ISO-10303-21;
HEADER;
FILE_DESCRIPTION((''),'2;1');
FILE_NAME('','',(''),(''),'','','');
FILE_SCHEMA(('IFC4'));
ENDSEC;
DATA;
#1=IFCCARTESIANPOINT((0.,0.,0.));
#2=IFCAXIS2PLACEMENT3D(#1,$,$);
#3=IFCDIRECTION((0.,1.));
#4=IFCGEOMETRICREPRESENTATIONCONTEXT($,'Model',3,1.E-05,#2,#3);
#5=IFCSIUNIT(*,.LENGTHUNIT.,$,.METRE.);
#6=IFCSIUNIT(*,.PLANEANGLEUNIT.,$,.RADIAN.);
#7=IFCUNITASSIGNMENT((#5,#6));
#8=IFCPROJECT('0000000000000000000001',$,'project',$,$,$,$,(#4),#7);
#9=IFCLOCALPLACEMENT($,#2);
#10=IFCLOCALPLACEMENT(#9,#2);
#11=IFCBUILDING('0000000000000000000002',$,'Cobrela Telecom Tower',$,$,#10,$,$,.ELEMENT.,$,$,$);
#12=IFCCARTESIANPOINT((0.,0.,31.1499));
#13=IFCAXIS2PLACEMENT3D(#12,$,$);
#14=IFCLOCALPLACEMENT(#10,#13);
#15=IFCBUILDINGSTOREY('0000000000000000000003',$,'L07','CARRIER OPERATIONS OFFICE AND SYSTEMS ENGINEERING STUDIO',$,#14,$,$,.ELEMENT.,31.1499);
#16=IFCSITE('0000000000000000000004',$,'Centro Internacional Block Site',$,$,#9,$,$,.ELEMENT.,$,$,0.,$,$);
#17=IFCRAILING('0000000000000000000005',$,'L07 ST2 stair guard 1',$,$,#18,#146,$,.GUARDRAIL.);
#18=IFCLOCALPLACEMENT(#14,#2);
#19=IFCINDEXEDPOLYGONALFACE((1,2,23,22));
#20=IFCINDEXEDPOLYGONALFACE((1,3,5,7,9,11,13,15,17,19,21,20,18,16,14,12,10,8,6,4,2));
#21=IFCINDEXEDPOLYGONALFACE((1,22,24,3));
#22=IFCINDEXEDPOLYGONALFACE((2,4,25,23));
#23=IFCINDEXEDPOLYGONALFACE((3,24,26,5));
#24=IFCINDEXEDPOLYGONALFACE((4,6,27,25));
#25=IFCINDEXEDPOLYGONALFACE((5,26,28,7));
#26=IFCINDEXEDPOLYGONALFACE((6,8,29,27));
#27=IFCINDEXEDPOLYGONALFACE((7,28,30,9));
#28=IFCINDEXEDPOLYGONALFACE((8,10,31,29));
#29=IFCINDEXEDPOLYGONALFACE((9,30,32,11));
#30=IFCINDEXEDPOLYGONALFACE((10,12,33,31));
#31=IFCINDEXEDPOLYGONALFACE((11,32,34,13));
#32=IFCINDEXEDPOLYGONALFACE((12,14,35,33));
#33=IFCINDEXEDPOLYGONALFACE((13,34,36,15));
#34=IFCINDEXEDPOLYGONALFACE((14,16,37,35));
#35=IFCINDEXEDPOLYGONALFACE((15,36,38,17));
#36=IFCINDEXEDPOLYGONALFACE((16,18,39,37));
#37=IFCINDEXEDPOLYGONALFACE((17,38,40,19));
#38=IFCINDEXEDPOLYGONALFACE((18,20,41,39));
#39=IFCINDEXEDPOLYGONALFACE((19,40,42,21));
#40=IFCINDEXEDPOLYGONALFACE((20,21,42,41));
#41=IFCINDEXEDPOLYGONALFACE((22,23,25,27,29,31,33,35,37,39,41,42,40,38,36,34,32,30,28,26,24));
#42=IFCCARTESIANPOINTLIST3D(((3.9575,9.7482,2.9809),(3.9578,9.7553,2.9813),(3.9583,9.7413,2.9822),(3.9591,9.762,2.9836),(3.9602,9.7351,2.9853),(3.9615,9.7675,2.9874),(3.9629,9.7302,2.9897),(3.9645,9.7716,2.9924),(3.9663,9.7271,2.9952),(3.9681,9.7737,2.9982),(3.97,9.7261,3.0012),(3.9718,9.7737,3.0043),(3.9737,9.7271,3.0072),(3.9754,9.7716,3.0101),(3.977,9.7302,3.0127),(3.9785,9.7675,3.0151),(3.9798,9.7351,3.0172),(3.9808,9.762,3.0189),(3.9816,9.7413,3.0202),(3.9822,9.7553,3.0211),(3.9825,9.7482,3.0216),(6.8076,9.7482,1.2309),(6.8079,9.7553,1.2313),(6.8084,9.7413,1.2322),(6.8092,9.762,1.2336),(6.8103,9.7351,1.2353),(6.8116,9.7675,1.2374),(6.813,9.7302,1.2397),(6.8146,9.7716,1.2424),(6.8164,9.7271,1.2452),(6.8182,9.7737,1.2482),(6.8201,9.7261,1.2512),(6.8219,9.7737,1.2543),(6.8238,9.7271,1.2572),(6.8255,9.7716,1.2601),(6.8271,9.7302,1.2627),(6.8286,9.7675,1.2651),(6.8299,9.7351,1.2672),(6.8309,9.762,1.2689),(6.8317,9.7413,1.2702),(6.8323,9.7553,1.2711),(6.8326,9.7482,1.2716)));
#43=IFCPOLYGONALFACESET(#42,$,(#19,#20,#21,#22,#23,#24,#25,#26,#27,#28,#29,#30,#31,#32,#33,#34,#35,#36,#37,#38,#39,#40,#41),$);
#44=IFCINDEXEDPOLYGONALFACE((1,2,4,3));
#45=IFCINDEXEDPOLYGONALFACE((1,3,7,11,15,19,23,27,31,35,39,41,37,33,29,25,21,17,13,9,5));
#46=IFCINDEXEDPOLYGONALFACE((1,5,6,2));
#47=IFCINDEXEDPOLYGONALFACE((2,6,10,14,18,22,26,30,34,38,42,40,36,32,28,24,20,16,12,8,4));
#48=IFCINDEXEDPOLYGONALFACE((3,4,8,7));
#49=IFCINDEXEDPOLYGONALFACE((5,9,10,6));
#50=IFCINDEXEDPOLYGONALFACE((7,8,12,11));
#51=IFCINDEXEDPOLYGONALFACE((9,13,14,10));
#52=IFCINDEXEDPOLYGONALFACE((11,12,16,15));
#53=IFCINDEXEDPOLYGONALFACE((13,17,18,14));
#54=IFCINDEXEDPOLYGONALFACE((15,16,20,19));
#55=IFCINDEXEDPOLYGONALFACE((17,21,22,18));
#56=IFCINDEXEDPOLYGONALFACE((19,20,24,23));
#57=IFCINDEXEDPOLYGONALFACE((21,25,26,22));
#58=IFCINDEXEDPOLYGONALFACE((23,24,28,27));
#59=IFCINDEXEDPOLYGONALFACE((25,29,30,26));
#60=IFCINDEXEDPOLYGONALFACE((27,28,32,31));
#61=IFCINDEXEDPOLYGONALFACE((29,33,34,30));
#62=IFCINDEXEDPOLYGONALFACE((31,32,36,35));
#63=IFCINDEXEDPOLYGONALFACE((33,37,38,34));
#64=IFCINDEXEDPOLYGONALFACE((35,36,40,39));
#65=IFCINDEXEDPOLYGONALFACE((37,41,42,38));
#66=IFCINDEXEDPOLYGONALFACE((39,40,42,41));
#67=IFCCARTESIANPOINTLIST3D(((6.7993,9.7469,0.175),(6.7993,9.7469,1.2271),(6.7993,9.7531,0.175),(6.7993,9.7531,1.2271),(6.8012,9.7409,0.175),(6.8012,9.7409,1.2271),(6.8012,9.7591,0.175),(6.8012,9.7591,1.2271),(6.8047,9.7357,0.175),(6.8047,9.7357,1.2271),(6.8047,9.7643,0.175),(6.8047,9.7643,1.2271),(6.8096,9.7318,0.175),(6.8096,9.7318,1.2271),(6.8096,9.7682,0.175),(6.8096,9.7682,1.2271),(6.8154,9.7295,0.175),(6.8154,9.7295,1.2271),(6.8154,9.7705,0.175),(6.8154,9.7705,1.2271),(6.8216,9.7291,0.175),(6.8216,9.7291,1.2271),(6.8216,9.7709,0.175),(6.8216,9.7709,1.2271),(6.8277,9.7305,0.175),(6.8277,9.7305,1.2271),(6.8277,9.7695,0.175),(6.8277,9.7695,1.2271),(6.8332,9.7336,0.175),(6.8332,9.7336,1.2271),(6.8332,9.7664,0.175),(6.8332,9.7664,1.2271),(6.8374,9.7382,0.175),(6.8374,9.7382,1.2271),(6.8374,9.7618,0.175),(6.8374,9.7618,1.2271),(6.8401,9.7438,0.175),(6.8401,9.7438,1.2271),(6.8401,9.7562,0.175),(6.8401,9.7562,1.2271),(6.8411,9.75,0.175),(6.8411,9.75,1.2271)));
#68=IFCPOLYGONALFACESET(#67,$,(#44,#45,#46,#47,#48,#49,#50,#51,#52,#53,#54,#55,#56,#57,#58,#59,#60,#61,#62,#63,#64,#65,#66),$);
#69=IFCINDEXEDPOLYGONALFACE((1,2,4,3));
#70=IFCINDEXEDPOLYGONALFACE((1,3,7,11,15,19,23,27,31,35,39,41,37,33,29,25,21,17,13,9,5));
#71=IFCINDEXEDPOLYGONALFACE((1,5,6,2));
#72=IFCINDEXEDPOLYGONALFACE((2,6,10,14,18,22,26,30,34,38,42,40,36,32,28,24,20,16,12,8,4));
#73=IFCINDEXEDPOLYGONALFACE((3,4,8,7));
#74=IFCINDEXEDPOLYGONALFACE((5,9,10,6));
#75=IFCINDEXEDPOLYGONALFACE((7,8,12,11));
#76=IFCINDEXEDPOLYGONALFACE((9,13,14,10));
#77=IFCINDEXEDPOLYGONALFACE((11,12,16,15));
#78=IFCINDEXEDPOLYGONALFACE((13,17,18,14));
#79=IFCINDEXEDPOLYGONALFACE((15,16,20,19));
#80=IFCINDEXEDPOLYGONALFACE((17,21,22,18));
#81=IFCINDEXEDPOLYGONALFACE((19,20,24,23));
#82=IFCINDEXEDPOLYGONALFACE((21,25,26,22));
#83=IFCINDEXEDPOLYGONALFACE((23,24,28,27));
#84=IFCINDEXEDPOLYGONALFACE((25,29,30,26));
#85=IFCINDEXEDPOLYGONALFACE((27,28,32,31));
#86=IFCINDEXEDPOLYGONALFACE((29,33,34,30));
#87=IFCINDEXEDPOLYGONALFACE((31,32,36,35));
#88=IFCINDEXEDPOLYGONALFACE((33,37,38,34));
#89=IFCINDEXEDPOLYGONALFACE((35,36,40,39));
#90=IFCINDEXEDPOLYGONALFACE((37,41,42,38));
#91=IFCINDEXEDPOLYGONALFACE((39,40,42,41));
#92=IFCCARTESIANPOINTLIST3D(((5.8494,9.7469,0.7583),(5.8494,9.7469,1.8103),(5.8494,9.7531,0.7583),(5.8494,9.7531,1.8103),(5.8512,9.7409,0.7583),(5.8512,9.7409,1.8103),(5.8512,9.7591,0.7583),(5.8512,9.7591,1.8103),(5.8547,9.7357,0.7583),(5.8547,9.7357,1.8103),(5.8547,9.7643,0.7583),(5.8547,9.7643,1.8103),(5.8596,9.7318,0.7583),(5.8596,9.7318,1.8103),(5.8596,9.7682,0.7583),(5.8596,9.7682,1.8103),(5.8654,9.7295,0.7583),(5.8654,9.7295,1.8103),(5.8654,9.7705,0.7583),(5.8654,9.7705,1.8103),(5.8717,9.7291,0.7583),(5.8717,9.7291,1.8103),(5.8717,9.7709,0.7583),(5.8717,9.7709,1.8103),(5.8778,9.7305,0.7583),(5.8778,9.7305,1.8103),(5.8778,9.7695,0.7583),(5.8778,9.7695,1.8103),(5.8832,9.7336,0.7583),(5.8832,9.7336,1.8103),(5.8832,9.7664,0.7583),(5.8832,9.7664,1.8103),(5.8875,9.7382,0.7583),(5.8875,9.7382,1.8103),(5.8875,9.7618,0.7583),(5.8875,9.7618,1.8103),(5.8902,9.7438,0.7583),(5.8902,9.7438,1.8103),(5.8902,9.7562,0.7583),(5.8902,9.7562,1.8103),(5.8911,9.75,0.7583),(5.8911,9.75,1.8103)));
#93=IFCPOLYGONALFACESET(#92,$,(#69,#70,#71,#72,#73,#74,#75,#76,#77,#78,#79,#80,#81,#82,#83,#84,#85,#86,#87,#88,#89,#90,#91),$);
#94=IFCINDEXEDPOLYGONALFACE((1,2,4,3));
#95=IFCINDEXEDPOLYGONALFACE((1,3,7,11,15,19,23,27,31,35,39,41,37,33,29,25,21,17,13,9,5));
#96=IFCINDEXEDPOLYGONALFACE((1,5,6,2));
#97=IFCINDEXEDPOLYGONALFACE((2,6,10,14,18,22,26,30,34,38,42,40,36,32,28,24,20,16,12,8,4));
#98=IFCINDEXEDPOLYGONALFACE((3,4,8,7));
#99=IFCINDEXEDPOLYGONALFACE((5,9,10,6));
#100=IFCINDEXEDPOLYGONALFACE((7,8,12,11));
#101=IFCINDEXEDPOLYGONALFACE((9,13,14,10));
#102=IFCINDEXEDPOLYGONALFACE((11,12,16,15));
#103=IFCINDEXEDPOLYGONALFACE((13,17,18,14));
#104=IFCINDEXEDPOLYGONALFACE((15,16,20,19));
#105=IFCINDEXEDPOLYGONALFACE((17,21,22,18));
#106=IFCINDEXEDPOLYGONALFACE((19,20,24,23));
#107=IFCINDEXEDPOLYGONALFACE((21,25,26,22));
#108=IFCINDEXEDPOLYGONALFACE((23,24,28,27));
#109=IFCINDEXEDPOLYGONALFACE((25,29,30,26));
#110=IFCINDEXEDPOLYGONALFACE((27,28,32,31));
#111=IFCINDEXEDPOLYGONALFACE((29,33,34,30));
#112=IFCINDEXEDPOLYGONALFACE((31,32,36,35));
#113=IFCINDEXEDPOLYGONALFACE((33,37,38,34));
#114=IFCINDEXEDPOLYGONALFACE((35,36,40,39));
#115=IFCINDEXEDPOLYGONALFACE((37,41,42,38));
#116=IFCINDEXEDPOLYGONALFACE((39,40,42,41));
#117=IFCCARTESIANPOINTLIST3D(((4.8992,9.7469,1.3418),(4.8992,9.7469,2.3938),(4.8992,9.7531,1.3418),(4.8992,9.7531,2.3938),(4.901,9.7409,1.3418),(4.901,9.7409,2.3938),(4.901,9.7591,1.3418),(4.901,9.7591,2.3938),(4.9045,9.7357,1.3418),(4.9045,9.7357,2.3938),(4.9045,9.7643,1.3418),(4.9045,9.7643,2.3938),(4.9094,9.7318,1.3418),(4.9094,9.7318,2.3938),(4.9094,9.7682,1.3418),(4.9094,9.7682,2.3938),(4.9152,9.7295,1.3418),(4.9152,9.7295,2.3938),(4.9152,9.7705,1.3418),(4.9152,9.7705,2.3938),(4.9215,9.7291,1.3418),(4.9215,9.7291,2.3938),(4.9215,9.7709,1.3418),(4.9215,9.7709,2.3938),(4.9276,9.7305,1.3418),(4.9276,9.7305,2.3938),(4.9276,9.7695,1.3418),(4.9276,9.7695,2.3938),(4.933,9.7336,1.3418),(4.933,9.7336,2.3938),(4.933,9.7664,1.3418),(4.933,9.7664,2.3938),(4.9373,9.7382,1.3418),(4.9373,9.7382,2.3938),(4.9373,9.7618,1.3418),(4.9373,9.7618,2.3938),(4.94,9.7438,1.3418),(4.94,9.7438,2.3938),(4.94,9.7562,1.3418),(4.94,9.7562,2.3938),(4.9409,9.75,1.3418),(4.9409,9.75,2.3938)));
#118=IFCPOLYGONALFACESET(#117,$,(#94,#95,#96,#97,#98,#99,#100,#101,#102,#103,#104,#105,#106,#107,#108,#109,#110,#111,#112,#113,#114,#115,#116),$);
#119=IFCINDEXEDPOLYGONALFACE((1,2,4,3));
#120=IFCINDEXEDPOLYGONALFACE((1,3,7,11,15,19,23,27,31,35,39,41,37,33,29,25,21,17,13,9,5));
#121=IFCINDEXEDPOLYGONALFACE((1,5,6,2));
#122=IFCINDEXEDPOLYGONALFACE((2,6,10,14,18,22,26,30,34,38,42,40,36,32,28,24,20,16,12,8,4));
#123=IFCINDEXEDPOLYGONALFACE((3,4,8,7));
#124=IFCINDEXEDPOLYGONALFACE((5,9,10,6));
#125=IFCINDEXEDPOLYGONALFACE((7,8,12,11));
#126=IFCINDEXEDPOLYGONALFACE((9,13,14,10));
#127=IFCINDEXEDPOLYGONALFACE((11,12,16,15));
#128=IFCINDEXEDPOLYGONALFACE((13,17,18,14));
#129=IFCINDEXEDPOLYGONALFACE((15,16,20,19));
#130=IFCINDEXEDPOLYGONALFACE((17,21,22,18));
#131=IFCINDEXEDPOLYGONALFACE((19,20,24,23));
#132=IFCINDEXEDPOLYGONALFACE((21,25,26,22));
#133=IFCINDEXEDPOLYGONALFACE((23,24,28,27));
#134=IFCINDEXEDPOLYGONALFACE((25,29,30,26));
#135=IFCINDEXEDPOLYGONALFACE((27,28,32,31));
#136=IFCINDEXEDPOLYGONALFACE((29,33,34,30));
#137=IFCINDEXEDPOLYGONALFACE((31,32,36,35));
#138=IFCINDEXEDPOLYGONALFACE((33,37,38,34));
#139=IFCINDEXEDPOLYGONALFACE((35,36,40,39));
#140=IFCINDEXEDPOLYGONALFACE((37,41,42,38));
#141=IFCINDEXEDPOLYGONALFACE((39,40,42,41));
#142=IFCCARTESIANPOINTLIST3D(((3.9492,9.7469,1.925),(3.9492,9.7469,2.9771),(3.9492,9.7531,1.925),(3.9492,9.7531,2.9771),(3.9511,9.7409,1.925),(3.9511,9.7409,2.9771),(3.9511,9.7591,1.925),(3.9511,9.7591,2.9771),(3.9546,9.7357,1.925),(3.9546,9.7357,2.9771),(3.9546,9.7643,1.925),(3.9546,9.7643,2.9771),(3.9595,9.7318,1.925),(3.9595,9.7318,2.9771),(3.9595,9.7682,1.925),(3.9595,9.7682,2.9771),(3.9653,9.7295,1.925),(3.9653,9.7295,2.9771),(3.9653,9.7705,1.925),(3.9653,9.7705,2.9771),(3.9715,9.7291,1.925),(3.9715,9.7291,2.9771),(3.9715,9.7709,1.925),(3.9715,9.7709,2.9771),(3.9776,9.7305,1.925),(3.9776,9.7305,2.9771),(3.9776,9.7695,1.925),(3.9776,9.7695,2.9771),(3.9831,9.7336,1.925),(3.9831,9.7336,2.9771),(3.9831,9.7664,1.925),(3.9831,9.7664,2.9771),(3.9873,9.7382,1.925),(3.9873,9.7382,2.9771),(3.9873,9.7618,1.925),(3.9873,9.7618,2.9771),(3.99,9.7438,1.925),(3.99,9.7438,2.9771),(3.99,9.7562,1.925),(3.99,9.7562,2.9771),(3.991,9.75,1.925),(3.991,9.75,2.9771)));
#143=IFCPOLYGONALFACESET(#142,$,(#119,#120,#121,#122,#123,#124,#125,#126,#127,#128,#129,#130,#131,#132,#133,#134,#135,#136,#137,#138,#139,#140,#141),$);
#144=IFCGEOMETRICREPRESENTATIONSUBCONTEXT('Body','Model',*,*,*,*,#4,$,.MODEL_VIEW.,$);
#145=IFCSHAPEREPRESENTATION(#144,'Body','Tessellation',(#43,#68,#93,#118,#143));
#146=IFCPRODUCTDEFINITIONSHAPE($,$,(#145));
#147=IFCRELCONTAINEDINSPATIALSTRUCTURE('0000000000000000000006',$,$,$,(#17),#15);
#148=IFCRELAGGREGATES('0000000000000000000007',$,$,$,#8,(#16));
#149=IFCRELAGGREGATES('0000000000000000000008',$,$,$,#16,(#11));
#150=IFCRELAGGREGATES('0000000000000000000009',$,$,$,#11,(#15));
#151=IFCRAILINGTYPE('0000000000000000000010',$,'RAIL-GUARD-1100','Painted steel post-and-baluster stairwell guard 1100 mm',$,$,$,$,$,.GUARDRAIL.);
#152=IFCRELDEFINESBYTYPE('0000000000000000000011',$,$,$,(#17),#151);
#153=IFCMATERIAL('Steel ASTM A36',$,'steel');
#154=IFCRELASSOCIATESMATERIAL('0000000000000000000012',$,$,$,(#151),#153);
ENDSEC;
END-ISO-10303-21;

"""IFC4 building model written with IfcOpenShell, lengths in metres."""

from ifc_helpers import new_model, si_unit, direction, frame, origin, origin_2d, place, context, subcontext, project, spatial, circle, extrude, material, type_object, element, save


model = new_model("IFC4")

# Units and contexts
model_context = context("Model", 3, precision=1e-05, world=origin(), true_north=direction((0.0, 1.0)))
body_context = subcontext(model_context, "Body", "Model", "MODEL_VIEW")
ifc_project = project(units=[si_unit("LENGTHUNIT", "METRE"), si_unit("PLANEANGLEUNIT", "RADIAN")], contexts=[model_context])

# Site, building, storey
site_placement = place(None, origin())
site = spatial("IfcSite", under=ifc_project, at=site_placement, Name="Centro Internacional Block Site", CompositionType="ELEMENT", RefElevation=0.0)
building_placement = place(site_placement, origin())
building = spatial("IfcBuilding", under=site, at=building_placement, Name="Cobrela Telecom Tower", CompositionType="ELEMENT")
storey_placement = place(building_placement, frame((0.0, 0.0, 31.1499)))
storey = spatial("IfcBuildingStorey", under=building, at=storey_placement, Name="L07", Description="CARRIER OPERATIONS OFFICE AND SYSTEMS ENGINEERING STUDIO", CompositionType="ELEMENT", Elevation=31.1499)

# Railing
ifc_material_1 = material(Name="Steel ASTM A36", Category="steel")
railing_type_1 = type_object("IfcRailingType", Name="RAIL-GUARD-1100", Description="Painted steel post-and-baluster stairwell guard 1100 mm", PredefinedType="GUARDRAIL", material=ifc_material_1)
railing_1_placement = place(storey_placement, frame((6.8201, 9.75, 0.175)))
element("IfcRailing", 1, at=railing_1_placement, inside=storey, type_object=railing_type_1, Name="L07 ST2 stair guard 1", PredefinedType="GUARDRAIL", context=body_context, shape_type="SweptSolid", body=[
    extrude(circle(Radius=0.0239, at=origin_2d()), frame((0.0, 0.0, 1.0762), z_axis=(-0.852179, 0.0, 0.52325), x_axis=(0.0, -1.0, 0.0)), (0.0, 0.0, 1.0), 3.3445),
    extrude(circle(Radius=0.021, at=origin_2d()), origin(), (0.0, 0.0, 1.0), 1.052),
    extrude(circle(Radius=0.021, at=origin_2d()), frame((-0.95, 0.0, 0.5833)), (0.0, 0.0, 1.0), 1.052),
    extrude(circle(Radius=0.021, at=origin_2d()), frame((-1.9001, 0.0, 1.1667)), (0.0, 0.0, 1.0), 1.052),
    extrude(circle(Radius=0.021, at=origin_2d()), frame((-2.8501, 0.0, 1.75)), (0.0, 0.0, 1.0), 1.052),
])

save(model, "model.ifc")
